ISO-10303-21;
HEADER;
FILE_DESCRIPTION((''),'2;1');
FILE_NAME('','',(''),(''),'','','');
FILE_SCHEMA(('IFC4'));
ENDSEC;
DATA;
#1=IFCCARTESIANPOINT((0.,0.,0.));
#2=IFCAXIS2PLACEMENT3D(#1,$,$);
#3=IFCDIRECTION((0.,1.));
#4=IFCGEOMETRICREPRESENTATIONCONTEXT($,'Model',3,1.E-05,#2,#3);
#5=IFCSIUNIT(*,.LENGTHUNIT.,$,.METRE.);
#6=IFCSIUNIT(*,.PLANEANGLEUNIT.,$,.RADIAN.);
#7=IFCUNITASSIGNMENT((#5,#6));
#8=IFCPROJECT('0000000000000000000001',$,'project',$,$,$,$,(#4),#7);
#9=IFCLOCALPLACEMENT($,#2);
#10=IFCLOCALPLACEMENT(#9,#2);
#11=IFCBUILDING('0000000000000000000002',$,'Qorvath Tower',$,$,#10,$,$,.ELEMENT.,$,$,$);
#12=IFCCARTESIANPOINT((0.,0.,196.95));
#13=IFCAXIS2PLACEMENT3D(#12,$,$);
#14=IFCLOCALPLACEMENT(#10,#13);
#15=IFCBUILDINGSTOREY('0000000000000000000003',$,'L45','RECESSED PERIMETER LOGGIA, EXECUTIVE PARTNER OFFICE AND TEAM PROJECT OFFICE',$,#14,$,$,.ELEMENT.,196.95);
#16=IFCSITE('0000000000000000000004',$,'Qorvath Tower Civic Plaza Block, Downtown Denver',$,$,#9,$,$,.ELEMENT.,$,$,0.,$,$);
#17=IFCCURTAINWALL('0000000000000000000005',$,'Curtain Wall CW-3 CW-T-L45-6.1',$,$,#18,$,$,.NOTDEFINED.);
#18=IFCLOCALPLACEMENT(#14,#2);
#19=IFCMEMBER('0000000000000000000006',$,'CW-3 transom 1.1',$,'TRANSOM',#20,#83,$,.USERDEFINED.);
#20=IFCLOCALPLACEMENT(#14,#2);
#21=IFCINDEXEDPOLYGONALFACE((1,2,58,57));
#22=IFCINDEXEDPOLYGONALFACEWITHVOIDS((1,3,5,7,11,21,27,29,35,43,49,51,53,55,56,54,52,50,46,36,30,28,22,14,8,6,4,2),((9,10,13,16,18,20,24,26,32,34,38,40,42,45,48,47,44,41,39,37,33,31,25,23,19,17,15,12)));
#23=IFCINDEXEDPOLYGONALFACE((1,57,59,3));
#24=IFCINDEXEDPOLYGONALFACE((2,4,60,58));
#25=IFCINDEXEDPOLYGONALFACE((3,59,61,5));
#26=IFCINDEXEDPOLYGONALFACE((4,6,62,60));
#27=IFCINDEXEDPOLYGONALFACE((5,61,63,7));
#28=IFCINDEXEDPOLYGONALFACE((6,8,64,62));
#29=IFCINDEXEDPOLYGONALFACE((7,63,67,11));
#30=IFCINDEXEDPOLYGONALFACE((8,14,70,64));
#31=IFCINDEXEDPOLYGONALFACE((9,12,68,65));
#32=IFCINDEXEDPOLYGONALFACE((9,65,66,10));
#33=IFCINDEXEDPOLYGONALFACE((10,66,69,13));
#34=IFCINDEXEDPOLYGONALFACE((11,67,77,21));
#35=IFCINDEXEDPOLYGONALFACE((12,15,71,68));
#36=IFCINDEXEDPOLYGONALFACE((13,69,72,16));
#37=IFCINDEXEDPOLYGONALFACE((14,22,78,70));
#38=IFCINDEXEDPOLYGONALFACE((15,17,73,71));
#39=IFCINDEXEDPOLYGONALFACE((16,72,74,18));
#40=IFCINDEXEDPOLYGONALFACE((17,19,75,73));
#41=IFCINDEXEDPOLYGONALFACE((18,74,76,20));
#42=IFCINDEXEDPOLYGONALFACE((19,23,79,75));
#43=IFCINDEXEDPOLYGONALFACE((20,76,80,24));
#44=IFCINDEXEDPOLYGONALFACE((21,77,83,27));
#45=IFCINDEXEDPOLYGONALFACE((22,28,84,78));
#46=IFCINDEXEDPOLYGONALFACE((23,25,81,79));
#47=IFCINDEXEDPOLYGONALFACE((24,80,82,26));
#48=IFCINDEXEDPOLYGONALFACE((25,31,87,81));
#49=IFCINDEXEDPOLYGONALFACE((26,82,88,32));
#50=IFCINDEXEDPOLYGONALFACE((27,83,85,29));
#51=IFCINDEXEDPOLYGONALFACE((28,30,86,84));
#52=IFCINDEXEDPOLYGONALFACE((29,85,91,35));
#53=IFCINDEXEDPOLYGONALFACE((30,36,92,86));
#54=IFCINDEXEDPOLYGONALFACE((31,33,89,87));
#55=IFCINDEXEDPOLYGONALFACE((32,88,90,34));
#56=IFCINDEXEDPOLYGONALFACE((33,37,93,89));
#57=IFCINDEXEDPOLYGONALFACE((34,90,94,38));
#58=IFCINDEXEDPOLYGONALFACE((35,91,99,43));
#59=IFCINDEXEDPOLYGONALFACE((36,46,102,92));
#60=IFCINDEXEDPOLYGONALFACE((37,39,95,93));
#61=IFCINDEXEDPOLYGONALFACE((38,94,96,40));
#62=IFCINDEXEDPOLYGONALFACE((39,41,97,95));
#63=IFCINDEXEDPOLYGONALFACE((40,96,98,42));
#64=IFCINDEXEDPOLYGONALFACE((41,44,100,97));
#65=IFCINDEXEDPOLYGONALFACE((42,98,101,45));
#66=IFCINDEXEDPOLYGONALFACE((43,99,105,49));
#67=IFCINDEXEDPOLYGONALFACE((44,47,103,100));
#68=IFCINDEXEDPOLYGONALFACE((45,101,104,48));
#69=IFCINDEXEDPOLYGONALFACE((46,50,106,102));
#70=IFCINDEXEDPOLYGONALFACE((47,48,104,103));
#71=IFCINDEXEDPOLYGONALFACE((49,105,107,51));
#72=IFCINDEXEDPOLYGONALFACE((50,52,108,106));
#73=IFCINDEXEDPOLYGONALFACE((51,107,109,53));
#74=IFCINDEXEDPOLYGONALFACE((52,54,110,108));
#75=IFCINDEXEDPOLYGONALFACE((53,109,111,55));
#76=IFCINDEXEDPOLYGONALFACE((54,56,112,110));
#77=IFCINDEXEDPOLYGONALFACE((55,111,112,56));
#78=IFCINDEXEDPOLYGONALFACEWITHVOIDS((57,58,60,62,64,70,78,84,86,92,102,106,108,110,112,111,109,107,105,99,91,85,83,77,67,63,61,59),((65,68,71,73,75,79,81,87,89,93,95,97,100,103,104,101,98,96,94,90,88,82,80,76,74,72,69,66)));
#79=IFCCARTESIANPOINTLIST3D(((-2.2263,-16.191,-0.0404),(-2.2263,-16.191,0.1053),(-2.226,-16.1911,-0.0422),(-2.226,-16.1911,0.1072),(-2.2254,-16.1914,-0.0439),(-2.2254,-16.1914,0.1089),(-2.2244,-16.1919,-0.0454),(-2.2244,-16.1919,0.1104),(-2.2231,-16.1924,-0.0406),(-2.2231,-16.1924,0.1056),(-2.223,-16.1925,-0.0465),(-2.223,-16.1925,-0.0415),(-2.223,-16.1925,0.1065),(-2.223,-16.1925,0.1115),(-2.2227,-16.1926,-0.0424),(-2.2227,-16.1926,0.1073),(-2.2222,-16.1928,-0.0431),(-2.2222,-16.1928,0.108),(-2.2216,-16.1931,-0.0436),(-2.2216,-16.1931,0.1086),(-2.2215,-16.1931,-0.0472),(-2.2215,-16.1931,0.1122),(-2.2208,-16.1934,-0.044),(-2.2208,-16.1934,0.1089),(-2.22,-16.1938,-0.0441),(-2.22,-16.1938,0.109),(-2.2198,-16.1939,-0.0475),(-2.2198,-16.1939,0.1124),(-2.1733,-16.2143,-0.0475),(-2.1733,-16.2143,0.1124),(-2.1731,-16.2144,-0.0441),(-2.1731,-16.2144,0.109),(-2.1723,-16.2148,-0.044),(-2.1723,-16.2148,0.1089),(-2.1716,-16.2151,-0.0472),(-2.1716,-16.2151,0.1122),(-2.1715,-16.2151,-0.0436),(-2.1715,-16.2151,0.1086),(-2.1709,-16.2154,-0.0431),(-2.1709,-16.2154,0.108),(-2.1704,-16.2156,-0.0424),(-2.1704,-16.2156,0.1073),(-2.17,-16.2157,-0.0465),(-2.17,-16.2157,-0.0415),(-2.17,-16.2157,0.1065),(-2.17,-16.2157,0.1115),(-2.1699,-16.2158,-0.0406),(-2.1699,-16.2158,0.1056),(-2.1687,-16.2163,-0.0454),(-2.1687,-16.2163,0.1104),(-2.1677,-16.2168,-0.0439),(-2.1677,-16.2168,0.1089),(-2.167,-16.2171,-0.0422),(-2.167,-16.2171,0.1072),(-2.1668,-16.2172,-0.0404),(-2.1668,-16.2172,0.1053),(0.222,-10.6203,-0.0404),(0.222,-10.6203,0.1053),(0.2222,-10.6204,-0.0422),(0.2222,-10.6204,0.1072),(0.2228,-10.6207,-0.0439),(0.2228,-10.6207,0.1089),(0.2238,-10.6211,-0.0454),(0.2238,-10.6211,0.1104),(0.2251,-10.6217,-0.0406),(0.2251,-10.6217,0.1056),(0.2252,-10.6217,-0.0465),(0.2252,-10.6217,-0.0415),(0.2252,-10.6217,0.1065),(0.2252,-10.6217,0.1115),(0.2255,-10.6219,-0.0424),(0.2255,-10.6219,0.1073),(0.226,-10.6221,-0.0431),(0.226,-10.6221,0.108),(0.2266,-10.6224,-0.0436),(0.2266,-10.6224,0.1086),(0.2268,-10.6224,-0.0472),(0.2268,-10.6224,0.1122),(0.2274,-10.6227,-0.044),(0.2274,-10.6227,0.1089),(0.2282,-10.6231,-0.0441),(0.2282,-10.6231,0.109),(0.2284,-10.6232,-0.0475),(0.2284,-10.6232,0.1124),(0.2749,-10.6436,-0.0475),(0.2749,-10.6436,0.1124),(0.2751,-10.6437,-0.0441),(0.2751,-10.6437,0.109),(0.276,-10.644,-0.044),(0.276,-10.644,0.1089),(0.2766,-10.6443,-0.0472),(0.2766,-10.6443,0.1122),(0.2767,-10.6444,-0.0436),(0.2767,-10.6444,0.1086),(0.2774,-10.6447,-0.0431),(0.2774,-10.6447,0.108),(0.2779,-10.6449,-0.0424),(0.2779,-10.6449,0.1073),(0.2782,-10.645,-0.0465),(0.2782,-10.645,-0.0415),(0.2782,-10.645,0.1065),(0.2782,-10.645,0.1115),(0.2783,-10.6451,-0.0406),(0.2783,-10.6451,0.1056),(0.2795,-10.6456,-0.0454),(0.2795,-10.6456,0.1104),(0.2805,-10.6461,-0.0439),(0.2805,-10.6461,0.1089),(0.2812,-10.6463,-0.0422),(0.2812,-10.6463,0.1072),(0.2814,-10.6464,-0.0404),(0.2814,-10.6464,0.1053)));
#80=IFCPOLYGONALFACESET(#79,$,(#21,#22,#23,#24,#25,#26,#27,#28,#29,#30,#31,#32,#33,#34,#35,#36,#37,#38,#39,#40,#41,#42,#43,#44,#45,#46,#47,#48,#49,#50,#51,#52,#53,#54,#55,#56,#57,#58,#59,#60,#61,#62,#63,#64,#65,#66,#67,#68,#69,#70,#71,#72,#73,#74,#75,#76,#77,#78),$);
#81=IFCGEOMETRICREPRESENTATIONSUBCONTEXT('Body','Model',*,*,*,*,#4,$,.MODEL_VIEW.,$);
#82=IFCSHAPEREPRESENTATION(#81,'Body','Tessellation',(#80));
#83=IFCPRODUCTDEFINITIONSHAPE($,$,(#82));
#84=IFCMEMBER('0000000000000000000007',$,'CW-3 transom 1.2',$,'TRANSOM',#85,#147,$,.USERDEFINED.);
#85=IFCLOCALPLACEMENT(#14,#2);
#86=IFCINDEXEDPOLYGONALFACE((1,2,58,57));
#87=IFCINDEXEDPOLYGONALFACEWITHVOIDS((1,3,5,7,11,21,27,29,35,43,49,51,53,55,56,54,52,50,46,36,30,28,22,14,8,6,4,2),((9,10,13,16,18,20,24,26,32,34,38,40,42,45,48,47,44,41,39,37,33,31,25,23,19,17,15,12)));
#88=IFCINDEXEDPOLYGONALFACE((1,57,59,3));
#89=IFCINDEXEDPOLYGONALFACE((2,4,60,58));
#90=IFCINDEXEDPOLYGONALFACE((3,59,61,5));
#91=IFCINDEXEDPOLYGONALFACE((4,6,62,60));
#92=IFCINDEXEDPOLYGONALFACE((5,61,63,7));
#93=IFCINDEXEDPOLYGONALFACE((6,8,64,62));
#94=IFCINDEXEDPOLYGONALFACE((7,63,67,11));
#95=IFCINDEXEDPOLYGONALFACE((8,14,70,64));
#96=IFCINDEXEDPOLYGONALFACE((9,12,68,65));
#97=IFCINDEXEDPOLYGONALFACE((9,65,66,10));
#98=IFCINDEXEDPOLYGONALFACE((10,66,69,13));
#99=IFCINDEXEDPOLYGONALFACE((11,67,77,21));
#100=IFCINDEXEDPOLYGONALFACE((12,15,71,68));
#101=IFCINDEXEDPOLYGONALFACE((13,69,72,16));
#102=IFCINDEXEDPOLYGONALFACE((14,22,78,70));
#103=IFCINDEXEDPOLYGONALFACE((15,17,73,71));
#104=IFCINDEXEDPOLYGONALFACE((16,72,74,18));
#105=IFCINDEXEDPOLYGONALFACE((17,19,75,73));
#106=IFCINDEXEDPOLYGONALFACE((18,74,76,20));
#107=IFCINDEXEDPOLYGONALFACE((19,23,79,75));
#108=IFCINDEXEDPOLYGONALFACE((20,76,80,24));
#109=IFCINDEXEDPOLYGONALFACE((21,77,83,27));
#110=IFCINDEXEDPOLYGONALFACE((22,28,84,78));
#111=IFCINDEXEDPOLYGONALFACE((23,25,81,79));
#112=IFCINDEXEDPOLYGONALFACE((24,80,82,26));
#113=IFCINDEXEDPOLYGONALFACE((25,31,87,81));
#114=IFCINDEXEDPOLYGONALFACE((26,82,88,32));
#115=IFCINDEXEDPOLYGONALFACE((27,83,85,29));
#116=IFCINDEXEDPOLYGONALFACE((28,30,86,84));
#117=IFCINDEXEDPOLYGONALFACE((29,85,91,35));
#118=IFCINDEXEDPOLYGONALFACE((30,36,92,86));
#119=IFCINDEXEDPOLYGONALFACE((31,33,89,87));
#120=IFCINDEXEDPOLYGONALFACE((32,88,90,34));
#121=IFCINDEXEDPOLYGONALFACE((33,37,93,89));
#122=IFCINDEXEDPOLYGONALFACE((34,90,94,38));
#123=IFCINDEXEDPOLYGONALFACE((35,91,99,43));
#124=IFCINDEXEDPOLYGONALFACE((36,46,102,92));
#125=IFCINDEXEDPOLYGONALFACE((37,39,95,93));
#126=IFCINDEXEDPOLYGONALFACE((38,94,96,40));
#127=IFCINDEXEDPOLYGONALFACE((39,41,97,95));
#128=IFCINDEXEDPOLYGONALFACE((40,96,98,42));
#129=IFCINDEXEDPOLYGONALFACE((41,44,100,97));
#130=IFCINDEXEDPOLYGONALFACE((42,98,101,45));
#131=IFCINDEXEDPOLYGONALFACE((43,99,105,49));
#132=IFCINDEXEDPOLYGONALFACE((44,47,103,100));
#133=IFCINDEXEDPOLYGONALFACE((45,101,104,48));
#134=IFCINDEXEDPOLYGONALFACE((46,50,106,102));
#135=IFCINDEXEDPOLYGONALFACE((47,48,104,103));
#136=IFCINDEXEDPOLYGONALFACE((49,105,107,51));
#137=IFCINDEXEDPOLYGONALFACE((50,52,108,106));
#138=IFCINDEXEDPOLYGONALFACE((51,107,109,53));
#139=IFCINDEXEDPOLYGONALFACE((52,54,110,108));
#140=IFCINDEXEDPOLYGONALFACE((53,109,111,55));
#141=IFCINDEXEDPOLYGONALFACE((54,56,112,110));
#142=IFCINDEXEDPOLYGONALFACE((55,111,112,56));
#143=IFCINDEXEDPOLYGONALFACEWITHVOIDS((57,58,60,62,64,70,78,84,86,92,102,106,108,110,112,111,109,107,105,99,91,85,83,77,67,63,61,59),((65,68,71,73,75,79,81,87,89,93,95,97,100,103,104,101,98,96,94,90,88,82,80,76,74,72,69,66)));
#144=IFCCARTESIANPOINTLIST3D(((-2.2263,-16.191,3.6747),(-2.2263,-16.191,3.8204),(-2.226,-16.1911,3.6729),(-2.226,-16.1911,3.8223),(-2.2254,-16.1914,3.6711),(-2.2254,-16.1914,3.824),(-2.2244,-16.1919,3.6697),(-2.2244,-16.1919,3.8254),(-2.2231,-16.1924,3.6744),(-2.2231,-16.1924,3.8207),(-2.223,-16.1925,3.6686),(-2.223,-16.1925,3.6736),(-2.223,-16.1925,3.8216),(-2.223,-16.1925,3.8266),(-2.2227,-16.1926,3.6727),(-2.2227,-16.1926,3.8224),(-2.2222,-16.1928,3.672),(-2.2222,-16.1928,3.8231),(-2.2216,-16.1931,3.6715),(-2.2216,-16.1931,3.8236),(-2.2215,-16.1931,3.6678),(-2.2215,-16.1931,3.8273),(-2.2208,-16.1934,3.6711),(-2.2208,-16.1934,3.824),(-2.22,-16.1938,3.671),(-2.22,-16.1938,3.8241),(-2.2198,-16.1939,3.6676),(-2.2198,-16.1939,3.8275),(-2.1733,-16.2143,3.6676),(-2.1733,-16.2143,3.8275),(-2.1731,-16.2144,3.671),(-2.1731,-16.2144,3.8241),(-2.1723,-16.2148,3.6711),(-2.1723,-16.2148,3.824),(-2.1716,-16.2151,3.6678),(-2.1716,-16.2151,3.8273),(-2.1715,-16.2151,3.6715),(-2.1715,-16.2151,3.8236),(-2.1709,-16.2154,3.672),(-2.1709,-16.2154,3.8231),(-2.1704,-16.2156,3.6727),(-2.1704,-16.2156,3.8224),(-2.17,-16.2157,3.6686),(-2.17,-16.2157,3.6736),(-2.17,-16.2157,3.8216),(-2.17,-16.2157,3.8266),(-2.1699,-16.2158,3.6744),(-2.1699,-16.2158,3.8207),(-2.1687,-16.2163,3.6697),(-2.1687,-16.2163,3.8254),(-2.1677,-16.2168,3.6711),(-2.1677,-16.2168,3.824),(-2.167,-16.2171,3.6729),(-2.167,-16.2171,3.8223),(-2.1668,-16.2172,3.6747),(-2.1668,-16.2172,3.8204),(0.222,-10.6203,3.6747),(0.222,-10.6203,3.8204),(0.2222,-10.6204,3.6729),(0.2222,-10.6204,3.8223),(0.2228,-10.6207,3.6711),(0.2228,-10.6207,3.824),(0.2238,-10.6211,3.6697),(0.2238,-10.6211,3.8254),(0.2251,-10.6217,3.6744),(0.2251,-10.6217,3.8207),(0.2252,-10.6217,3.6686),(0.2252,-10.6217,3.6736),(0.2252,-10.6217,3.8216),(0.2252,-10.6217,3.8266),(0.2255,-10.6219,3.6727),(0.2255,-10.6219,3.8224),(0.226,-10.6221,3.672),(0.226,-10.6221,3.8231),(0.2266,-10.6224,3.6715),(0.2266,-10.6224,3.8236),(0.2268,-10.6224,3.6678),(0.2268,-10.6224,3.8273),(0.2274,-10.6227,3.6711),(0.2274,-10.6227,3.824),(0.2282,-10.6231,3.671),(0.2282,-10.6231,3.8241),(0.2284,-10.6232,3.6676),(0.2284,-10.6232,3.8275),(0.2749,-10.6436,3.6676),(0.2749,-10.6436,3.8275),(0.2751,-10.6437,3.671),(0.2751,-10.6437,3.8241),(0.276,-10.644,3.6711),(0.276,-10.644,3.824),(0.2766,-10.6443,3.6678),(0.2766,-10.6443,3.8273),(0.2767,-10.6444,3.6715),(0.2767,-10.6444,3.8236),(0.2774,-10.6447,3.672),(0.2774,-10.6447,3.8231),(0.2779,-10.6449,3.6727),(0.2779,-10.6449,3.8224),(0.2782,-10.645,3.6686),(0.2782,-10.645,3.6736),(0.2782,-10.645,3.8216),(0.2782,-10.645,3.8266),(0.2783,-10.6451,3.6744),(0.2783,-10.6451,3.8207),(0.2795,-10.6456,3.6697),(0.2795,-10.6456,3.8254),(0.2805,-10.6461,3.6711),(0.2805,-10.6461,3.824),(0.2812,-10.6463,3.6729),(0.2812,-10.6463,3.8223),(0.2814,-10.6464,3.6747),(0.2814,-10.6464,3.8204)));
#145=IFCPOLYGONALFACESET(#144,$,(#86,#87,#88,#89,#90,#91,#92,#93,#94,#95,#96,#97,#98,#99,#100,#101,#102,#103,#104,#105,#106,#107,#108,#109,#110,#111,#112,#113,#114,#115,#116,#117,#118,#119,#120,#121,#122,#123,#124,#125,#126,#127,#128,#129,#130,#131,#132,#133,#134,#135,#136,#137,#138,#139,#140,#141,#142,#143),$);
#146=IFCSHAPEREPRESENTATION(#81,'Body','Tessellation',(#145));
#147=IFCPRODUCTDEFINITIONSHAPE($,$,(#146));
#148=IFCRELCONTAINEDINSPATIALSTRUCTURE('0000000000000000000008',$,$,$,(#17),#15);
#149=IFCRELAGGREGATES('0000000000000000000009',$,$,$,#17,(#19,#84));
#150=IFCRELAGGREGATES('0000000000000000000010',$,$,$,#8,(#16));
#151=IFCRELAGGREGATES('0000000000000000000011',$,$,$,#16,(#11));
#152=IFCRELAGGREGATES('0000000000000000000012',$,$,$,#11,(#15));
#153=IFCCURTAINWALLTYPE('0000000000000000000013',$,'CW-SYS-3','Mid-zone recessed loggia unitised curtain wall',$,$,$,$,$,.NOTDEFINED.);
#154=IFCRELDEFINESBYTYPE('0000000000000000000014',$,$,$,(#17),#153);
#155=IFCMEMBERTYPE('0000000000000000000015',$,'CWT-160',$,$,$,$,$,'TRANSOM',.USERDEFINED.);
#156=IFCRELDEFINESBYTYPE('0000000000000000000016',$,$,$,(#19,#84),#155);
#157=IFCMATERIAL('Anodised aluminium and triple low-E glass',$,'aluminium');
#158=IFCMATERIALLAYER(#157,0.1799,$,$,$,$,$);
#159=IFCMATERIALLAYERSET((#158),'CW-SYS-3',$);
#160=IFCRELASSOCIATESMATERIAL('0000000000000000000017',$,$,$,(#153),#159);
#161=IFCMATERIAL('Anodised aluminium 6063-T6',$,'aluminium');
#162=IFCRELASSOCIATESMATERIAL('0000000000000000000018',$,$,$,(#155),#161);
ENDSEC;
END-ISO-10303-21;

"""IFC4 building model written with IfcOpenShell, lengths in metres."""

from ifc_helpers import new_model, si_unit, direction, frame, origin, origin_2d, place, context, subcontext, project, spatial, hollow_rectangle, extrude, material, layer, layer_set, material_profile, profile_set, type_object, element, aggregate, save


model = new_model("IFC4")

# Units and contexts
model_context = context("Model", 3, precision=1e-05, world=origin(), true_north=direction((0.0, 1.0)))
body_context = subcontext(model_context, "Body", "Model", "MODEL_VIEW")
ifc_project = project(units=[si_unit("LENGTHUNIT", "METRE"), si_unit("PLANEANGLEUNIT", "RADIAN")], contexts=[model_context])

# Site, building, storey
site_placement = place(None, origin())
site = spatial("IfcSite", under=ifc_project, at=site_placement, Name="Qorvath Tower Civic Plaza Block, Downtown Denver", CompositionType="ELEMENT", RefElevation=0.0)
building_placement = place(site_placement, origin())
building = spatial("IfcBuilding", under=site, at=building_placement, Name="Qorvath Tower", CompositionType="ELEMENT")
storey_placement = place(building_placement, frame((0.0, 0.0, 196.95)))
storey = spatial("IfcBuildingStorey", under=building, at=storey_placement, Name="L45", Description="RECESSED PERIMETER LOGGIA, EXECUTIVE PARTNER OFFICE AND TEAM PROJECT OFFICE", CompositionType="ELEMENT", Elevation=196.95)

# Shared definitions
ifc_material_1 = material(Name="Anodised aluminium and triple low-E glass", Category="aluminium")
ifc_layer_1 = layer(ifc_material_1, 0.1799)
ifc_layer_set_1 = layer_set([ifc_layer_1], Name="CW-SYS-3")
curtain_wall_type = type_object("IfcCurtainWallType", Name="CW-SYS-3", Description="Mid-zone recessed loggia unitised curtain wall", PredefinedType="NOTDEFINED", material=ifc_layer_set_1)

# Curtain wall
curtain_wall_1_placement = place(storey_placement, origin())
curtain_wall_1 = element("IfcCurtainWall", 1, at=curtain_wall_1_placement, inside=storey, type_object=curtain_wall_type, Name="Curtain Wall CW-3 CW-T-L45-6.1", PredefinedType="NOTDEFINED")

# Members
ifc_material_2 = material(Name="Anodised aluminium 6063-T6", Category="aluminium")
ifc_material_profile_1 = material_profile(ifc_material_2, hollow_rectangle(XDim=0.0649, YDim=0.1599, WallThickness=0.0034, InnerFilletRadius=0.0034, OuterFilletRadius=0.0071, at=origin_2d()), Name="CWT 160x65")
ifc_profile_set_1 = profile_set([ifc_material_profile_1], Name="Anodised aluminium 6063-T6")
member_type_1 = type_object("IfcMemberType", Name="CWT-160", ElementType="TRANSOM", PredefinedType="USERDEFINED", material=ifc_profile_set_1)
member_1_placement = place(storey_placement, frame((-2.1965, -16.2041, 0.0325), z_axis=(0.402338, 0.915491, 0.0), x_axis=(-0.915491, 0.402338, 0.0)))
member_1 = element("IfcMember", 2, at=member_1_placement, type_object=member_type_1, Name="CW-3 transom 1.1", ObjectType="TRANSOM", PredefinedType="USERDEFINED", context=body_context, shape_type="SweptSolid", body=[
    extrude(hollow_rectangle(XDim=0.0649, YDim=0.1599, WallThickness=0.0034, InnerFilletRadius=0.0034, OuterFilletRadius=0.0071, at=origin_2d()), origin(), (0.0, 0.0, 1.0), 6.085),
])
member_2_placement = place(storey_placement, frame((-2.1965, -16.2041, 3.7476), z_axis=(0.402338, 0.915491, 0.0), x_axis=(-0.915491, 0.402338, 0.0)))
member_2 = element("IfcMember", 3, at=member_2_placement, type_object=member_type_1, Name="CW-3 transom 1.2", ObjectType="TRANSOM", PredefinedType="USERDEFINED", context=body_context, shape_type="SweptSolid", body=[
    extrude(hollow_rectangle(XDim=0.0649, YDim=0.1599, WallThickness=0.0034, InnerFilletRadius=0.0034, OuterFilletRadius=0.0071, at=origin_2d()), origin(), (0.0, 0.0, 1.0), 6.085),
])

aggregate(curtain_wall_1, [member_1, member_2])

save(model, "model.ifc")
